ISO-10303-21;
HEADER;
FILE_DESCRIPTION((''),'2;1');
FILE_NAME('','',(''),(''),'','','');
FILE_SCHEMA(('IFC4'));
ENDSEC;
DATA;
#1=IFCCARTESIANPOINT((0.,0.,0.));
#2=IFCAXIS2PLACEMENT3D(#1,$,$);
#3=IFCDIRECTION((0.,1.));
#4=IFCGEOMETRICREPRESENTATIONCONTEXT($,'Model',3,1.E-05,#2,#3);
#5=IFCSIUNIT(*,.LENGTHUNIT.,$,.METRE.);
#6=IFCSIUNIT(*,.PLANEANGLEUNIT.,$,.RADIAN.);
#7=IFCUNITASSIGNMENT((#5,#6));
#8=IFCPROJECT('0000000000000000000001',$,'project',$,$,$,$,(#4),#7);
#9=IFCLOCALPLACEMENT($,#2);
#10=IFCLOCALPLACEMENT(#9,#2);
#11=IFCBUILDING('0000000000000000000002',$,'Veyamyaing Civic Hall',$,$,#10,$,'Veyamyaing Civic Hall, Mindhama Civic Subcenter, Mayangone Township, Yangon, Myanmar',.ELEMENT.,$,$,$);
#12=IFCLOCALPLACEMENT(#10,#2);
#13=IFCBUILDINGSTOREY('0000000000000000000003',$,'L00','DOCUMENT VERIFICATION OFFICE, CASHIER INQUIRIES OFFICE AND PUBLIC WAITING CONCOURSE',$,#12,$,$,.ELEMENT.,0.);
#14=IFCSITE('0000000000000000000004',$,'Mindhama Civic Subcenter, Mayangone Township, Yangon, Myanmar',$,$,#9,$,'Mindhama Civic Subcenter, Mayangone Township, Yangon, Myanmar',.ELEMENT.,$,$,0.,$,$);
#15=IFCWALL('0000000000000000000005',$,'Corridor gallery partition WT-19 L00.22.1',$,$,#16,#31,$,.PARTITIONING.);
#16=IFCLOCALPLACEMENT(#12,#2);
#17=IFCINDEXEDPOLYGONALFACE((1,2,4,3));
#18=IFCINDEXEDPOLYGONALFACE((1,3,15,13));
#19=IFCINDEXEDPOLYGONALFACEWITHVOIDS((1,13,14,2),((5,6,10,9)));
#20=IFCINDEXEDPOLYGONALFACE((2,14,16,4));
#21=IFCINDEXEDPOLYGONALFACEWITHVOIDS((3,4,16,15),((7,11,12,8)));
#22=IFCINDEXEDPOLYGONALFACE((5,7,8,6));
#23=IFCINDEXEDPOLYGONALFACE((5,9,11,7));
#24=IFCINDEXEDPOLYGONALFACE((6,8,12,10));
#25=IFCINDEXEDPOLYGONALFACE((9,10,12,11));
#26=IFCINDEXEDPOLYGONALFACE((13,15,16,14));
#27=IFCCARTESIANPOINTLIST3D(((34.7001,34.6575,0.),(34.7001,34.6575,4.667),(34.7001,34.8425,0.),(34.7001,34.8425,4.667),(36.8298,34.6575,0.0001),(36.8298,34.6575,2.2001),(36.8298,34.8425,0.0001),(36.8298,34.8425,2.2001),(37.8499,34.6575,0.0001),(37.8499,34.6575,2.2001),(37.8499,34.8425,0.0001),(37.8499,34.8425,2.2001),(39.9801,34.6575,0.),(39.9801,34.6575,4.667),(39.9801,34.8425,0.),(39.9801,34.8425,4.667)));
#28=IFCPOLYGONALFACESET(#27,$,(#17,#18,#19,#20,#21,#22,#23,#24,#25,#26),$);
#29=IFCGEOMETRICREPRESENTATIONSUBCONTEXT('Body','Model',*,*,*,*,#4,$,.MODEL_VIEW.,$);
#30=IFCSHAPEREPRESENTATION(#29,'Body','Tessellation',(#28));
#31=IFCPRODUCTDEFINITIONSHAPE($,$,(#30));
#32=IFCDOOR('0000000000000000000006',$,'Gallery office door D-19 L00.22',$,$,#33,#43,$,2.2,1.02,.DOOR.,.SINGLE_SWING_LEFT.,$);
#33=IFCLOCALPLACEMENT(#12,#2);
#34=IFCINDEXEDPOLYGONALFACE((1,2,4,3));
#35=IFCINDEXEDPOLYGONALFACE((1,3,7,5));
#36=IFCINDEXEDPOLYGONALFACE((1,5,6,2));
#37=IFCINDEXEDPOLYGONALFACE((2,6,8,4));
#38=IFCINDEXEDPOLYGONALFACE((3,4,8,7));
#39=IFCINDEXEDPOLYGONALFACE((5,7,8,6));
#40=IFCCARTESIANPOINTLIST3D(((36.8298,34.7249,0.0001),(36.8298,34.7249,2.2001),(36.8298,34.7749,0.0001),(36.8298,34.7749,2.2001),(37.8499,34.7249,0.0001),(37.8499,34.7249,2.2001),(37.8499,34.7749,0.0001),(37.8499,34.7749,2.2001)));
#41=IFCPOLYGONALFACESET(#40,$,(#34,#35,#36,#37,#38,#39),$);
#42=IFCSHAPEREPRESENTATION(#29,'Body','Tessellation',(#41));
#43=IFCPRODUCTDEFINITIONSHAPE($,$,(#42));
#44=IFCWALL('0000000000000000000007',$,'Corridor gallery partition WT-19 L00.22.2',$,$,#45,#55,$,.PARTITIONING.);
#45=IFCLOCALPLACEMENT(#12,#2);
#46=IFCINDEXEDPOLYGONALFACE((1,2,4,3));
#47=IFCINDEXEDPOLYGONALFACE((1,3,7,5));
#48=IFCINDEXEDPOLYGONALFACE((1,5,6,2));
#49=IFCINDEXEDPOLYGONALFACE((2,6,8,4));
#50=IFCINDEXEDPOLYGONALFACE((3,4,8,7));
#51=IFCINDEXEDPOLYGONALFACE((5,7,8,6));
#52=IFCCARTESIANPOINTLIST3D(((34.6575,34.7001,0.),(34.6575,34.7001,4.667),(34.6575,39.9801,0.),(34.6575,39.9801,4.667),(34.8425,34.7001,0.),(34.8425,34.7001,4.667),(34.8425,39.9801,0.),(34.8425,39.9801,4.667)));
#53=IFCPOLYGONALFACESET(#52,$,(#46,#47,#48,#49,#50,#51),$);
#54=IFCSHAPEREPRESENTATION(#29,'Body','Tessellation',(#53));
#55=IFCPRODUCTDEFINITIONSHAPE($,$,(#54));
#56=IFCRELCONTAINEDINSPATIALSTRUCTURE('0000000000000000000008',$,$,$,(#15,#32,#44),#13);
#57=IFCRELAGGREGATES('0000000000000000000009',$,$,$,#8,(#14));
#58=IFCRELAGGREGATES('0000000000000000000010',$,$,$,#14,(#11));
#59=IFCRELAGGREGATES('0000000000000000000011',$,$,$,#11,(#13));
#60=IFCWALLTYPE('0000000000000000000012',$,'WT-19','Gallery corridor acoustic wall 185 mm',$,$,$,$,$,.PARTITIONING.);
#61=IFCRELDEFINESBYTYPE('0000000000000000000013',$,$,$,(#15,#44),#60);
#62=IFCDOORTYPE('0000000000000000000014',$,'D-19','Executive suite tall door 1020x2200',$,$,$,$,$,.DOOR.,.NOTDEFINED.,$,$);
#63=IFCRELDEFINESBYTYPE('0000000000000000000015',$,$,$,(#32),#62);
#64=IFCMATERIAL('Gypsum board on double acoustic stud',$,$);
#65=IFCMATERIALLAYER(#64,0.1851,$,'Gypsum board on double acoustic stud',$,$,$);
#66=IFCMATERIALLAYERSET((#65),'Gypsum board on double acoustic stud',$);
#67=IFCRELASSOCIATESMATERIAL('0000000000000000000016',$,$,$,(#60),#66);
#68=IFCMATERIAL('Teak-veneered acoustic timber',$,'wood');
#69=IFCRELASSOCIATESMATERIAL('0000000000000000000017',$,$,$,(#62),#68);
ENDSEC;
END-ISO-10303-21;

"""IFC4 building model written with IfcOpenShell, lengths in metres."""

from ifc_helpers import new_model, si_unit, direction, frame, frame_2d, origin, place, context, subcontext, project, spatial, rectangle, extrude, material, layer, layer_set, type_object, element, fill, save


model = new_model("IFC4")

# Units and contexts
model_context = context("Model", 3, precision=1e-05, world=origin(), true_north=direction((0.0, 1.0)))
body_context = subcontext(model_context, "Body", "Model", "MODEL_VIEW")
ifc_project = project(units=[si_unit("LENGTHUNIT", "METRE"), si_unit("PLANEANGLEUNIT", "RADIAN")], contexts=[model_context])

# Site, building, storey
site_placement = place(None, origin())
site = spatial("IfcSite", under=ifc_project, at=site_placement, Name="Mindhama Civic Subcenter, Mayangone Township, Yangon, Myanmar", LongName="Mindhama Civic Subcenter, Mayangone Township, Yangon, Myanmar", CompositionType="ELEMENT", RefElevation=0.0)
building_placement = place(site_placement, origin())
building = spatial("IfcBuilding", under=site, at=building_placement, Name="Veyamyaing Civic Hall", LongName="Veyamyaing Civic Hall, Mindhama Civic Subcenter, Mayangone Township, Yangon, Myanmar", CompositionType="ELEMENT")
storey_placement = place(building_placement, origin())
storey = spatial("IfcBuildingStorey", under=building, at=storey_placement, Name="L00", Description="DOCUMENT VERIFICATION OFFICE, CASHIER INQUIRIES OFFICE AND PUBLIC WAITING CONCOURSE", CompositionType="ELEMENT", Elevation=0.0)

# Wall, opening, door
ifc_material_1 = material(Name="Gypsum board on double acoustic stud")
ifc_layer_1 = layer(ifc_material_1, 0.1851, Name="Gypsum board on double acoustic stud")
ifc_layer_set_1 = layer_set([ifc_layer_1], Name="Gypsum board on double acoustic stud")
wall_type_1 = type_object("IfcWallType", Name="WT-19", Description="Gallery corridor acoustic wall 185 mm", PredefinedType="PARTITIONING", material=ifc_layer_set_1)
wall_1_placement = place(storey_placement, frame((34.7, 34.75, 0.0), z_axis=(0.0, 0.0, 1.0), x_axis=(1.0, 0.0, 0.0)))
wall_1 = element("IfcWall", 1, at=wall_1_placement, inside=storey, type_object=wall_type_1, Name="Corridor gallery partition WT-19 L00.22.1", PredefinedType="PARTITIONING", context=body_context, shape_type="SweptSolid", body=[
    extrude(rectangle(XDim=5.28, YDim=0.1851, at=frame_2d((2.6401, 0.0))), origin(), (0.0, 0.0, 1.0), 4.667),
])
opening_placement = place(wall_1_placement, frame((2.1299, 0.0, 0.0)))
opening = element("IfcOpeningElement", 2, at=opening_placement, cuts=wall_1, PredefinedType="OPENING", context=body_context, shape_type="SweptSolid", body=[
    extrude(rectangle(XDim=1.02, YDim=2.2, at=frame_2d((0.51, 1.1001))), frame((0.0, 0.1025, 0.0), z_axis=(0.0, -1.0, 0.0), x_axis=(1.0, 0.0, 0.0)), (0.0, 0.0, 1.0), 0.2051),
])
ifc_material_2 = material(Name="Teak-veneered acoustic timber", Category="wood")
door_type = type_object("IfcDoorType", Name="D-19", Description="Executive suite tall door 1020x2200", OperationType="NOTDEFINED", PredefinedType="DOOR", material=ifc_material_2)
door_placement = place(opening_placement, origin())
door = element("IfcDoor", 3, at=door_placement, inside=storey, type_object=door_type, Name="Gallery office door D-19 L00.22", OperationType="SINGLE_SWING_LEFT", OverallHeight=2.2, OverallWidth=1.02, PredefinedType="DOOR", context=body_context, shape_type="SweptSolid", body=[
    extrude(rectangle(XDim=1.02, YDim=2.2, at=frame_2d((0.51, 1.1001))), frame((0.0, 0.0249, 0.0), z_axis=(0.0, -1.0, 0.0), x_axis=(1.0, 0.0, 0.0)), (0.0, 0.0, 1.0), 0.05),
])
fill(opening, door)

# Wall
wall_2_placement = place(storey_placement, frame((34.75, 34.7, 0.0), z_axis=(0.0, 0.0, 1.0), x_axis=(0.0, 1.0, 0.0)))
element("IfcWall", 4, at=wall_2_placement, inside=storey, type_object=wall_type_1, Name="Corridor gallery partition WT-19 L00.22.2", PredefinedType="PARTITIONING", context=body_context, shape_type="SweptSolid", body=[
    extrude(rectangle(XDim=5.28, YDim=0.1851, at=frame_2d((2.6401, 0.0))), origin(), (0.0, 0.0, 1.0), 4.667),
])

save(model, "model.ifc")
